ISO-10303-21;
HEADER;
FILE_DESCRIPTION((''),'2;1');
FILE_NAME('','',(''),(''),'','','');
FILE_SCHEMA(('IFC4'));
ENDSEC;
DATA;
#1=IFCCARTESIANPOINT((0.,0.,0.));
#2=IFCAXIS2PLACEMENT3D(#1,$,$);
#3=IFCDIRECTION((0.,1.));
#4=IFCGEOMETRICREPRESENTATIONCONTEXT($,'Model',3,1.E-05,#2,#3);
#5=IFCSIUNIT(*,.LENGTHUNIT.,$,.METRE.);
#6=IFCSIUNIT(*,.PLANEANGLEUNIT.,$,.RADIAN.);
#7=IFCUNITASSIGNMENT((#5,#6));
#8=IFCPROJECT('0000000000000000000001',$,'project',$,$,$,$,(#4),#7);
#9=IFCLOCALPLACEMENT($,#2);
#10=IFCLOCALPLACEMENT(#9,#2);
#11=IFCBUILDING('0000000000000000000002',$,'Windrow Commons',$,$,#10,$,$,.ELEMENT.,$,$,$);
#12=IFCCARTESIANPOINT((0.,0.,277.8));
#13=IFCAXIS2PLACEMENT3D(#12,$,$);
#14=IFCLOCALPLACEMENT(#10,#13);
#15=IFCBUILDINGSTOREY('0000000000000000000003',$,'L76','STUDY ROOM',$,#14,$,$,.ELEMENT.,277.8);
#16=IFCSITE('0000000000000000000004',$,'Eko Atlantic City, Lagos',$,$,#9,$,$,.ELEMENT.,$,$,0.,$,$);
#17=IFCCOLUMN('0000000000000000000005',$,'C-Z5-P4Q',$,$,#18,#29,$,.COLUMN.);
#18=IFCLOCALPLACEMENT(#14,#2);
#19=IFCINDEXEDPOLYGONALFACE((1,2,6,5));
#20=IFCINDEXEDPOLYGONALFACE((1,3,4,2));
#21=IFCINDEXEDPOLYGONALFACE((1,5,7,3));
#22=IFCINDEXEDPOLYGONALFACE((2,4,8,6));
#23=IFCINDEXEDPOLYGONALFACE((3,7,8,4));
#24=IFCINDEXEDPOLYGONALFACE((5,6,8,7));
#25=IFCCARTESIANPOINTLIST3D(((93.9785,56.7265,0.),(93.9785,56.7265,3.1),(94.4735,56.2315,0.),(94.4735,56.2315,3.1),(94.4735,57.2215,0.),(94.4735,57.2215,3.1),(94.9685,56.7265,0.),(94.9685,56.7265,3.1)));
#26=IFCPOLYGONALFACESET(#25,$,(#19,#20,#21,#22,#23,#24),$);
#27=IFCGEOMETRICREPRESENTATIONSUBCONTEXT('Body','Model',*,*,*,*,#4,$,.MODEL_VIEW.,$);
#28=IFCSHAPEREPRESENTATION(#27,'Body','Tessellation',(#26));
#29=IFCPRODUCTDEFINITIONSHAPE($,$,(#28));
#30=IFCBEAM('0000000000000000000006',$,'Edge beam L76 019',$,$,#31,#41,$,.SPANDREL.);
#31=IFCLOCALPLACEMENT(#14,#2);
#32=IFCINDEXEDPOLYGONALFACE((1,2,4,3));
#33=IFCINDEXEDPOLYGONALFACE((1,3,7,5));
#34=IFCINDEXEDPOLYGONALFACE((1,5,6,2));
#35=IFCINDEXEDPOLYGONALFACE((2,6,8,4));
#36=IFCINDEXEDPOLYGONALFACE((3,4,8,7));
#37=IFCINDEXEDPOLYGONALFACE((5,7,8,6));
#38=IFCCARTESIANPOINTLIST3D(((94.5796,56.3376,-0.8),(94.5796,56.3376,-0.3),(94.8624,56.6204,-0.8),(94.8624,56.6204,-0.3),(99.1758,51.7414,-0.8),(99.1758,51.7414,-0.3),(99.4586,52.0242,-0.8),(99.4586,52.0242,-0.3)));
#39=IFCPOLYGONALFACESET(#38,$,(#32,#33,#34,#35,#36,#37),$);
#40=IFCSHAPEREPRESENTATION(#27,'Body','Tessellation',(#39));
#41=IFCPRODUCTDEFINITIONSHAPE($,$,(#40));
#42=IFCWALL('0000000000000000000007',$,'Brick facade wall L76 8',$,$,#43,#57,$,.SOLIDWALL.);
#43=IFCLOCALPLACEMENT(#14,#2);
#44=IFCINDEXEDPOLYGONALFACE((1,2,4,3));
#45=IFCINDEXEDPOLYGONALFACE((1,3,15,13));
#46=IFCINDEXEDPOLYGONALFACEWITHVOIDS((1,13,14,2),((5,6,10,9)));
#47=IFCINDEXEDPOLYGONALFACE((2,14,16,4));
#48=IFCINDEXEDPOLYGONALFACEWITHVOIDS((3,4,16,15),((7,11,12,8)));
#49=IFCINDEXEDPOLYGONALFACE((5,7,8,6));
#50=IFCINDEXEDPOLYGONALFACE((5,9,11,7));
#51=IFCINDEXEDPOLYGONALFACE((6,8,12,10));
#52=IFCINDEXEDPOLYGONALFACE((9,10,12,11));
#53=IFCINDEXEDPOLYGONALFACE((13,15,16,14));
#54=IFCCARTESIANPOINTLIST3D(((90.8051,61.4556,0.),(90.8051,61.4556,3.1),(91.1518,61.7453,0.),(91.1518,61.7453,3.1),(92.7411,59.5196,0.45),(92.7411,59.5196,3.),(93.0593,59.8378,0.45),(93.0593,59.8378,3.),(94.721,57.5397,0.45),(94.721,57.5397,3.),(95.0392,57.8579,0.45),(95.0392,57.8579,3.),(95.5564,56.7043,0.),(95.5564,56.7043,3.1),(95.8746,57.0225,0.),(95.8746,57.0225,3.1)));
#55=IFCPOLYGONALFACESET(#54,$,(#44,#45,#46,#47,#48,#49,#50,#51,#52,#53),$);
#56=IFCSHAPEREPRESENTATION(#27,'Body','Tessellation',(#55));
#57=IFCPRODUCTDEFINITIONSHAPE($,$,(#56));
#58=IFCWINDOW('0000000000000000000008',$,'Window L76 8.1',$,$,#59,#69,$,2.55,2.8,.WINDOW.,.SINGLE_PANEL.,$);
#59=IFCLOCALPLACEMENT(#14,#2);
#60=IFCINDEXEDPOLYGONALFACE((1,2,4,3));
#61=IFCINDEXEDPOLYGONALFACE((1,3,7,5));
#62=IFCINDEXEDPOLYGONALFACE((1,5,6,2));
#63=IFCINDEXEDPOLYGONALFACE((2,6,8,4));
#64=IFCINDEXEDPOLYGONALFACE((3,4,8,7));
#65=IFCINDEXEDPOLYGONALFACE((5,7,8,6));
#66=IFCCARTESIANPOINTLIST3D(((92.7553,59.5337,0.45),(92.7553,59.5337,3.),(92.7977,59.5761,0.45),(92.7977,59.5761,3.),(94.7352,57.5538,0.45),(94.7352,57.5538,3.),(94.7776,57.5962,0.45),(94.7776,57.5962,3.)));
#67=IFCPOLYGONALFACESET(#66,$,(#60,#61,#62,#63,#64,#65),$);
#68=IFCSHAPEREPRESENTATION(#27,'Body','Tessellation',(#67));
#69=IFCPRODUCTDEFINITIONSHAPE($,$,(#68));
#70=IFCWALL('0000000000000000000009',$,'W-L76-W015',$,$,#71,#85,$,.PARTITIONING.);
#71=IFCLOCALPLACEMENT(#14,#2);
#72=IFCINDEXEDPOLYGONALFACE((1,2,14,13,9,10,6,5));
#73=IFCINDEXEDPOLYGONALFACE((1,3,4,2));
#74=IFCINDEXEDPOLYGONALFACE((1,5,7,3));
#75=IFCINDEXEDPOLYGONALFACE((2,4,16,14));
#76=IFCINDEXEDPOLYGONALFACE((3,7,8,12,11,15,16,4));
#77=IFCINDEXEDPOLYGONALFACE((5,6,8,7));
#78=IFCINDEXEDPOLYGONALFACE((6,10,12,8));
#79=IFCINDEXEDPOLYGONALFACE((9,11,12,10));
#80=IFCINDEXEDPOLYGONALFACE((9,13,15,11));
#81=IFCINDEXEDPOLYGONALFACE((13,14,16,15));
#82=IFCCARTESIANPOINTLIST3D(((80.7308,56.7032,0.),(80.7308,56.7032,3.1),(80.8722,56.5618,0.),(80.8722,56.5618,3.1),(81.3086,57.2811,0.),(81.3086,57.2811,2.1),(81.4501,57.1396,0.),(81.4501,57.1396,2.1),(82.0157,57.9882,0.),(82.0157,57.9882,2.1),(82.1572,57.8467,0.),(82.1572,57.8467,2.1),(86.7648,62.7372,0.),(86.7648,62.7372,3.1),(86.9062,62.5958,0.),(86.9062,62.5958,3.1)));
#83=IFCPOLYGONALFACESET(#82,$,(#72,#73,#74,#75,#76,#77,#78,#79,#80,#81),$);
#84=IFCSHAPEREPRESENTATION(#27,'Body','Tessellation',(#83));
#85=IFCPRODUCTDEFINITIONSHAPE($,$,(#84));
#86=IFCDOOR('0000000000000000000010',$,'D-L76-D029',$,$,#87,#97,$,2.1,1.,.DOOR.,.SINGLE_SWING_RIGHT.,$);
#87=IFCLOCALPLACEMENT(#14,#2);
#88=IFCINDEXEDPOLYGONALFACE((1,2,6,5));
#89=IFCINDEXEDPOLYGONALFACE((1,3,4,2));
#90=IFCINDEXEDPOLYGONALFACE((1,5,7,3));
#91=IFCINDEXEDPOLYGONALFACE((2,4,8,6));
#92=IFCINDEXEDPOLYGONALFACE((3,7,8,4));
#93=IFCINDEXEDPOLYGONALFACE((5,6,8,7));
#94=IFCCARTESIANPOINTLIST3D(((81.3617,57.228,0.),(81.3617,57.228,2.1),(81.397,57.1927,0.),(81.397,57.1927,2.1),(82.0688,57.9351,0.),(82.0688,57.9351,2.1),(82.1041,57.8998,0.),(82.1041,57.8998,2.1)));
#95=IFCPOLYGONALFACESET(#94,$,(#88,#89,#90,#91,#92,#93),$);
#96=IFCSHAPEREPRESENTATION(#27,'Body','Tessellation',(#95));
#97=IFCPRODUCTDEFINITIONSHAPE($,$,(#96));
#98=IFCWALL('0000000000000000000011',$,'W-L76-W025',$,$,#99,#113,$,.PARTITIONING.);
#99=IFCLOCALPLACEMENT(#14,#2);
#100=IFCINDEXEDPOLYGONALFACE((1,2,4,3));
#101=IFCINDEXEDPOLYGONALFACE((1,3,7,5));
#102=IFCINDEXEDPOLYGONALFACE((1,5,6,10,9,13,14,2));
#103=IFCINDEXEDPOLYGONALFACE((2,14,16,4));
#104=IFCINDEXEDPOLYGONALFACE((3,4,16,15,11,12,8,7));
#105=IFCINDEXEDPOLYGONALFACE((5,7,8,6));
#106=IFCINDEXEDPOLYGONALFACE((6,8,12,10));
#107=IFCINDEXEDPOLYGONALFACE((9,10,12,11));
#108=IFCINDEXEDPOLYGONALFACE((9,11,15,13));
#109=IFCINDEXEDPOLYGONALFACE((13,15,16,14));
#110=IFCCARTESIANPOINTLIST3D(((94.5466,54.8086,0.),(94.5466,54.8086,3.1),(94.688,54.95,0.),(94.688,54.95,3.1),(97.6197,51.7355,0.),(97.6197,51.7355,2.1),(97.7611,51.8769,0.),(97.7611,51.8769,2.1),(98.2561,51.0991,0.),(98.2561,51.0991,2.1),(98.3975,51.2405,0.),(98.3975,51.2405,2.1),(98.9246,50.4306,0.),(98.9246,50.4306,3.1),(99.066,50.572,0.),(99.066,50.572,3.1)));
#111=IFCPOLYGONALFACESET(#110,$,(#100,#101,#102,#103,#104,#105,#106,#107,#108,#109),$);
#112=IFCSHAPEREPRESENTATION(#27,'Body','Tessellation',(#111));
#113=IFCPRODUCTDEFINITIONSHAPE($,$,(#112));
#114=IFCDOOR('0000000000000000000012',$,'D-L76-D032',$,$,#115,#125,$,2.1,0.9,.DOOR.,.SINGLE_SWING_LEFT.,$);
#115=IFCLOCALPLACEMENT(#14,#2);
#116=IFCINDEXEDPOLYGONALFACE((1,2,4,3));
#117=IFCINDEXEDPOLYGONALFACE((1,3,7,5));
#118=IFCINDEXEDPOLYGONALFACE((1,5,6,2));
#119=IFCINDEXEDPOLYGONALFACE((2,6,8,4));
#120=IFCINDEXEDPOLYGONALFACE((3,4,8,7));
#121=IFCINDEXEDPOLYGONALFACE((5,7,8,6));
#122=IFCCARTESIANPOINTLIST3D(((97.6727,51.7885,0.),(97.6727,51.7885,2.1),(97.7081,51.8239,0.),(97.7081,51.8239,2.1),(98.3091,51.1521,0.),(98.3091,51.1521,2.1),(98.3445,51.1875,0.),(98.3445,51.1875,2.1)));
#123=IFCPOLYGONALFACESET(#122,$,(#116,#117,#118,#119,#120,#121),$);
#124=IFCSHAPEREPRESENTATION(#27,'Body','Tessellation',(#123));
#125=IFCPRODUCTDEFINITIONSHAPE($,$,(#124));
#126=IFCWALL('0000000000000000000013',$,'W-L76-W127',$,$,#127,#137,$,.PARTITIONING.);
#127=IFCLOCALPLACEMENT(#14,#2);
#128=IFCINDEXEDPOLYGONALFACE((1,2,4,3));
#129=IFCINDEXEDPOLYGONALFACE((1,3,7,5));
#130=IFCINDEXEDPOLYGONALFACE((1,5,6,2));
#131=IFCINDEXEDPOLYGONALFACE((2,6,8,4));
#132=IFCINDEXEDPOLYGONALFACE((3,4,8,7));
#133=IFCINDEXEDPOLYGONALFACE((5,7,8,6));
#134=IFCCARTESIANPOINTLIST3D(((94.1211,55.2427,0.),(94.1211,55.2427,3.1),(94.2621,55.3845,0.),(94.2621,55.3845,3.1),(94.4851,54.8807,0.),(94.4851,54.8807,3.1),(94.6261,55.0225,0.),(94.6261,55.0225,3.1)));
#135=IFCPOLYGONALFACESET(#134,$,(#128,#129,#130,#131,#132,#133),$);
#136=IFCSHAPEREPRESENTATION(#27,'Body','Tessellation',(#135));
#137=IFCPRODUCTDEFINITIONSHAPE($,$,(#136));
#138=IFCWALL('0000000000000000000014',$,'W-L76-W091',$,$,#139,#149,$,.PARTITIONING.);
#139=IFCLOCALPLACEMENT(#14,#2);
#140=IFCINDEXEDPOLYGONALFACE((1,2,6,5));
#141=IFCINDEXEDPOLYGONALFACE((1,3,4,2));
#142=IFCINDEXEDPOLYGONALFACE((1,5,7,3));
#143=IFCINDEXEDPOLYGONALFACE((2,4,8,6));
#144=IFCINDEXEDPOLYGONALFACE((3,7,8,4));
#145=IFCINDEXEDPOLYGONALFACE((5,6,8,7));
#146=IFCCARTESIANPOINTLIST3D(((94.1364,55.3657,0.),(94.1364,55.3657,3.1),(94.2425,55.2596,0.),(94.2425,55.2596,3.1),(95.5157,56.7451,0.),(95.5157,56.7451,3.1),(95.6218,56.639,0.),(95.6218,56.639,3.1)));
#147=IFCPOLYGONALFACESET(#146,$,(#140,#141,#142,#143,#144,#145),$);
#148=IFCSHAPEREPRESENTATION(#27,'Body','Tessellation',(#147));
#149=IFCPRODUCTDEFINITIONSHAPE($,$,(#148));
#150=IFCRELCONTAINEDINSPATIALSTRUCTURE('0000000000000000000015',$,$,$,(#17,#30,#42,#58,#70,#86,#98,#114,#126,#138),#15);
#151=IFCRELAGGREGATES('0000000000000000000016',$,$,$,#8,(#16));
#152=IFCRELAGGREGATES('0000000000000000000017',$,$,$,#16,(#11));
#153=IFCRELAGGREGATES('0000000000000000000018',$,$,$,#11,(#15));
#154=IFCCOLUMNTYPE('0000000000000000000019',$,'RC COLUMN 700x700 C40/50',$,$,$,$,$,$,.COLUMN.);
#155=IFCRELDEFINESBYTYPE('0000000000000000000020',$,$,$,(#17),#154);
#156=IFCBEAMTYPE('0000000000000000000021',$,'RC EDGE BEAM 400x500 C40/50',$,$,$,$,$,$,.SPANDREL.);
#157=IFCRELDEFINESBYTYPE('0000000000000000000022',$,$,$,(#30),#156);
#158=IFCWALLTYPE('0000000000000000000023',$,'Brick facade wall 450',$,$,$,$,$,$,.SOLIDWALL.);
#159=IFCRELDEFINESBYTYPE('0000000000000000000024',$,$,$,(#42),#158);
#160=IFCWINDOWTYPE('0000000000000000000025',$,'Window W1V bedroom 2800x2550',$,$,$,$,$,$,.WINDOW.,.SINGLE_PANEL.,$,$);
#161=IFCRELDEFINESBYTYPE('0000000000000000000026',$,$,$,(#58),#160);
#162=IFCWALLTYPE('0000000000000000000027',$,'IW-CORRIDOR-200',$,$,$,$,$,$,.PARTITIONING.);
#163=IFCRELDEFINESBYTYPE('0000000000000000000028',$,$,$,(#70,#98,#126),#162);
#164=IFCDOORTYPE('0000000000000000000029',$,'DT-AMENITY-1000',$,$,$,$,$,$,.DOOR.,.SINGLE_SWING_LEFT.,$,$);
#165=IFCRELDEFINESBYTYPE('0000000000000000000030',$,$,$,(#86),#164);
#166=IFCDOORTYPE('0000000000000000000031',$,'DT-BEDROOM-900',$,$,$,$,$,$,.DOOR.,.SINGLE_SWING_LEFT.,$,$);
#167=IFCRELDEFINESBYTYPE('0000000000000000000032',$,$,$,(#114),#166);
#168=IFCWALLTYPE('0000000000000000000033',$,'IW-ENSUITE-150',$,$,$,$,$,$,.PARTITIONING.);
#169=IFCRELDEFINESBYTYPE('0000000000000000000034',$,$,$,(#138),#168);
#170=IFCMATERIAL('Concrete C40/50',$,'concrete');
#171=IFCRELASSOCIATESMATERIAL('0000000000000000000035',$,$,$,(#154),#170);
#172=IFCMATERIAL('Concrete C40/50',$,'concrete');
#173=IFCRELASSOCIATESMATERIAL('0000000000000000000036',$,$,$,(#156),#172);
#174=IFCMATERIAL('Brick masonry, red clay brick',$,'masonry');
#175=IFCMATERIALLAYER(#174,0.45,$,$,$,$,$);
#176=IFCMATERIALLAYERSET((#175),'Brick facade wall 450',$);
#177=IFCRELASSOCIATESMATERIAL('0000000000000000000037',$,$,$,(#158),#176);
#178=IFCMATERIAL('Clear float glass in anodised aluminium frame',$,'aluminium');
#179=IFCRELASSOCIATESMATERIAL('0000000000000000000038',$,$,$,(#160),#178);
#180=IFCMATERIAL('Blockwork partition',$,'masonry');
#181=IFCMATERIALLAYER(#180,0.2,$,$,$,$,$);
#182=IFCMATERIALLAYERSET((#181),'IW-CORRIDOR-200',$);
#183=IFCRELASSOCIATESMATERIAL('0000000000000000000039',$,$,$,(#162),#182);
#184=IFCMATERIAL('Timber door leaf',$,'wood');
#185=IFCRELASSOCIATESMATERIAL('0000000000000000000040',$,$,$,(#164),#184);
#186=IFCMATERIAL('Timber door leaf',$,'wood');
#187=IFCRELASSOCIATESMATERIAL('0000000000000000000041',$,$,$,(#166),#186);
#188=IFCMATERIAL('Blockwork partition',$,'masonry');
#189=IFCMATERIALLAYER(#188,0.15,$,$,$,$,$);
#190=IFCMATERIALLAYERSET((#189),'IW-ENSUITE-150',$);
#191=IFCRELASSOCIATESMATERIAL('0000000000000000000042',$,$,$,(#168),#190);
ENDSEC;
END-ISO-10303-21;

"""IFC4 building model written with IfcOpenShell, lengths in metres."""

from ifc_helpers import new_model, si_unit, direction, frame, frame_2d, origin, origin_2d, place, context, subcontext, project, spatial, polyline, rectangle, outline, extrude, material, layer, layer_set, material_profile, profile_set, type_object, element, fill, save


model = new_model("IFC4")

# Units and contexts
model_context = context("Model", 3, precision=1e-05, world=origin(), true_north=direction((0.0, 1.0)))
body_context = subcontext(model_context, "Body", "Model", "MODEL_VIEW")
ifc_project = project(units=[si_unit("LENGTHUNIT", "METRE"), si_unit("PLANEANGLEUNIT", "RADIAN")], contexts=[model_context])

# Site, building, storey
site_placement = place(None, origin())
site = spatial("IfcSite", under=ifc_project, at=site_placement, Name="Eko Atlantic City, Lagos", CompositionType="ELEMENT", RefElevation=0.0)
building_placement = place(site_placement, origin())
building = spatial("IfcBuilding", under=site, at=building_placement, Name="Windrow Commons", CompositionType="ELEMENT")
storey_placement = place(building_placement, frame((0.0, 0.0, 277.8)))
storey = spatial("IfcBuildingStorey", under=building, at=storey_placement, Name="L76", Description="STUDY ROOM", CompositionType="ELEMENT", Elevation=277.8)

# Column
ifc_material_1 = material(Name="Concrete C40/50", Category="concrete")
ifc_material_profile_1 = material_profile(ifc_material_1, rectangle(XDim=0.7, YDim=0.7, at=origin_2d()))
ifc_profile_set_1 = profile_set([ifc_material_profile_1], Name="Concrete C40/50")
column_type = type_object("IfcColumnType", Name="RC COLUMN 700x700 C40/50", PredefinedType="COLUMN", material=ifc_profile_set_1)
column_placement = place(storey_placement, frame((94.4735, 56.7265, 0.0), z_axis=(0.0, 0.0, 1.0), x_axis=(0.707107, -0.707107, 0.0)))
element("IfcColumn", 1, at=column_placement, inside=storey, type_object=column_type, Name="C-Z5-P4Q", PredefinedType="COLUMN", context=body_context, shape_type="SweptSolid", body=[
    extrude(rectangle(XDim=0.7, YDim=0.7, at=origin_2d()), origin(), (0.0, 0.0, 1.0), 3.1),
])

# Beam
ifc_material_2 = material(Name="Concrete C40/50", Category="concrete")
ifc_material_profile_2 = material_profile(ifc_material_2, rectangle(XDim=0.4, YDim=0.5, at=origin_2d()))
ifc_profile_set_2 = profile_set([ifc_material_profile_2], Name="Concrete C40/50")
beam_type = type_object("IfcBeamType", Name="RC EDGE BEAM 400x500 C40/50", PredefinedType="SPANDREL", material=ifc_profile_set_2)
beam_placement = place(storey_placement, frame((94.721, 56.479, -0.55), z_axis=(0.707107, -0.707107, 0.0), x_axis=(0.707107, 0.707107, 0.0)))
element("IfcBeam", 2, at=beam_placement, inside=storey, type_object=beam_type, Name="Edge beam L76 019", PredefinedType="SPANDREL", context=body_context, shape_type="SweptSolid", body=[
    extrude(rectangle(XDim=0.4, YDim=0.5, at=origin_2d()), origin(), (0.0, 0.0, 1.0), 6.5),
])

# Wall, opening, window
ifc_material_3 = material(Name="Brick masonry, red clay brick", Category="masonry")
ifc_layer_1 = layer(ifc_material_3, 0.45)
ifc_layer_set_1 = layer_set([ifc_layer_1], Name="Brick facade wall 450")
wall_type_1 = type_object("IfcWallType", Name="Brick facade wall 450", PredefinedType="SOLIDWALL", material=ifc_layer_set_1)
wall_1_placement = place(storey_placement, frame((95.7155, 56.8634, 0.0), z_axis=(0.0, 0.0, 1.0), x_axis=(-0.707107, 0.707107, 0.0)))
wall_1 = element("IfcWall", 3, at=wall_1_placement, inside=storey, type_object=wall_type_1, Name="Brick facade wall L76 8", PredefinedType="SOLIDWALL", context=body_context, shape_type="SweptSolid", body=[
    extrude(outline(polyline([(0.0, -0.225), (6.6791, -0.225), (6.7194, 0.225), (0.0, 0.225), (0.0, -0.225)])), origin(), (0.0, 0.0, 1.0), 3.1),
])
opening_1_placement = place(wall_1_placement, frame((1.1814, 0.0, 0.45)))
opening_1 = element("IfcOpeningElement", 4, at=opening_1_placement, cuts=wall_1, PredefinedType="OPENING", context=body_context, shape_type="SweptSolid", body=[
    extrude(rectangle(XDim=2.8, YDim=2.55, at=frame_2d((1.4, 1.275))), frame((0.0, 0.235, 0.0), z_axis=(0.0, -1.0, 0.0), x_axis=(1.0, 0.0, 0.0)), (0.0, 0.0, 1.0), 0.47),
])
ifc_material_4 = material(Name="Clear float glass in anodised aluminium frame", Category="aluminium")
window_type = type_object("IfcWindowType", Name="Window W1V bedroom 2800x2550", PartitioningType="SINGLE_PANEL", PredefinedType="WINDOW", material=ifc_material_4)
window_placement = place(opening_1_placement, origin())
window = element("IfcWindow", 5, at=window_placement, inside=storey, type_object=window_type, Name="Window L76 8.1", OverallHeight=2.55, OverallWidth=2.8, PartitioningType="SINGLE_PANEL", PredefinedType="WINDOW", context=body_context, shape_type="SweptSolid", body=[
    extrude(rectangle(XDim=2.8, YDim=2.55, at=frame_2d((1.4, 1.275))), frame((0.0, 0.205, 0.0), z_axis=(0.0, -1.0, 0.0), x_axis=(1.0, 0.0, 0.0)), (0.0, 0.0, 1.0), 0.06),
])
fill(opening_1, window)

# Walls, openings, doors
ifc_material_5 = material(Name="Blockwork partition", Category="masonry")
ifc_layer_2 = layer(ifc_material_5, 0.2)
ifc_layer_set_2 = layer_set([ifc_layer_2], Name="IW-CORRIDOR-200")
wall_type_2 = type_object("IfcWallType", Name="IW-CORRIDOR-200", PredefinedType="PARTITIONING", material=ifc_layer_set_2)
wall_2_placement = place(storey_placement, frame((80.8015, 56.6325, 0.0), z_axis=(0.0, 0.0, 1.0), x_axis=(0.707107, 0.707107, 0.0)))
wall_2 = element("IfcWall", 6, at=wall_2_placement, inside=storey, type_object=wall_type_2, Name="W-L76-W015", PredefinedType="PARTITIONING", context=body_context, shape_type="SweptSolid", body=[
    extrude(rectangle(XDim=8.5334, YDim=0.2, at=frame_2d((4.2667, 0.0))), origin(), (0.0, 0.0, 1.0), 3.1),
])
opening_2_placement = place(wall_2_placement, frame((0.8172, 0.0, 0.0)))
opening_2 = element("IfcOpeningElement", 7, at=opening_2_placement, cuts=wall_2, PredefinedType="OPENING", context=body_context, shape_type="SweptSolid", body=[
    extrude(rectangle(XDim=1.0, YDim=2.1, at=frame_2d((0.5, 1.05))), frame((0.0, 0.11, 0.0), z_axis=(0.0, -1.0, 0.0), x_axis=(1.0, 0.0, 0.0)), (0.0, 0.0, 1.0), 0.22),
])
ifc_material_6 = material(Name="Timber door leaf", Category="wood")
door_type_1 = type_object("IfcDoorType", Name="DT-AMENITY-1000", OperationType="SINGLE_SWING_LEFT", PredefinedType="DOOR", material=ifc_material_6)
door_1_placement = place(opening_2_placement, origin())
door_1 = element("IfcDoor", 8, at=door_1_placement, inside=storey, type_object=door_type_1, Name="D-L76-D029", OperationType="SINGLE_SWING_RIGHT", OverallHeight=2.1, OverallWidth=1.0, PredefinedType="DOOR", context=body_context, shape_type="SweptSolid", body=[
    extrude(rectangle(XDim=1.0, YDim=2.1, at=frame_2d((0.5, 1.05))), frame((0.0, 0.025, 0.0), z_axis=(0.0, -1.0, 0.0), x_axis=(1.0, 0.0, 0.0)), (0.0, 0.0, 1.0), 0.05),
])
fill(opening_2, door_1)
wall_3_placement = place(storey_placement, frame((94.6173, 54.8793, 0.0), z_axis=(0.0, 0.0, 1.0), x_axis=(0.707107, -0.707107, 0.0)))
wall_3 = element("IfcWall", 9, at=wall_3_placement, inside=storey, type_object=wall_type_2, Name="W-L76-W025", PredefinedType="PARTITIONING", context=body_context, shape_type="SweptSolid", body=[
    extrude(rectangle(XDim=6.1914, YDim=0.2, at=frame_2d((3.0957, 0.0))), origin(), (0.0, 0.0, 1.0), 3.1),
])
opening_3_placement = place(wall_3_placement, frame((4.346, 0.0, 0.0)))
opening_3 = element("IfcOpeningElement", 10, at=opening_3_placement, cuts=wall_3, PredefinedType="OPENING", context=body_context, shape_type="SweptSolid", body=[
    extrude(rectangle(XDim=0.9, YDim=2.1, at=frame_2d((0.45, 1.05))), frame((0.0, 0.11, 0.0), z_axis=(0.0, -1.0, 0.0), x_axis=(1.0, 0.0, 0.0)), (0.0, 0.0, 1.0), 0.22),
])
ifc_material_7 = material(Name="Timber door leaf", Category="wood")
door_type_2 = type_object("IfcDoorType", Name="DT-BEDROOM-900", OperationType="SINGLE_SWING_LEFT", PredefinedType="DOOR", material=ifc_material_7)
door_2_placement = place(opening_3_placement, origin())
door_2 = element("IfcDoor", 11, at=door_2_placement, inside=storey, type_object=door_type_2, Name="D-L76-D032", OperationType="SINGLE_SWING_LEFT", OverallHeight=2.1, OverallWidth=0.9, PredefinedType="DOOR", context=body_context, shape_type="SweptSolid", body=[
    extrude(rectangle(XDim=0.9, YDim=2.1, at=frame_2d((0.45, 1.05))), frame((0.0, 0.025, 0.0), z_axis=(0.0, -1.0, 0.0), x_axis=(1.0, 0.0, 0.0)), (0.0, 0.0, 1.0), 0.05),
])
fill(opening_3, door_2)

# Walls
wall_4_placement = place(storey_placement, frame((94.1916, 55.3136, 0.0), z_axis=(0.0, 0.0, 1.0), x_axis=(0.709052, -0.705156, 0.0)))
element("IfcWall", 12, at=wall_4_placement, inside=storey, type_object=wall_type_2, Name="W-L76-W127", PredefinedType="PARTITIONING", context=body_context, shape_type="SweptSolid", body=[
    extrude(rectangle(XDim=0.5134, YDim=0.2, at=frame_2d((0.2567, 0.0))), origin(), (0.0, 0.0, 1.0), 3.1),
])
ifc_material_8 = material(Name="Blockwork partition", Category="masonry")
ifc_layer_3 = layer(ifc_material_8, 0.15)
ifc_layer_set_3 = layer_set([ifc_layer_3], Name="IW-ENSUITE-150")
wall_type_3 = type_object("IfcWallType", Name="IW-ENSUITE-150", PredefinedType="PARTITIONING", material=ifc_layer_set_3)
wall_5_placement = place(storey_placement, frame((94.1894, 55.3126, 0.0), z_axis=(0.0, 0.0, 1.0), x_axis=(0.707081, 0.707132, 0.0)))
element("IfcWall", 13, at=wall_5_placement, inside=storey, type_object=wall_type_3, Name="W-L76-W091", PredefinedType="PARTITIONING", context=body_context, shape_type="SweptSolid", body=[
    extrude(rectangle(XDim=1.9507, YDim=0.15, at=frame_2d((0.9754, 0.0))), origin(), (0.0, 0.0, 1.0), 3.1),
])

save(model, "model.ifc")
